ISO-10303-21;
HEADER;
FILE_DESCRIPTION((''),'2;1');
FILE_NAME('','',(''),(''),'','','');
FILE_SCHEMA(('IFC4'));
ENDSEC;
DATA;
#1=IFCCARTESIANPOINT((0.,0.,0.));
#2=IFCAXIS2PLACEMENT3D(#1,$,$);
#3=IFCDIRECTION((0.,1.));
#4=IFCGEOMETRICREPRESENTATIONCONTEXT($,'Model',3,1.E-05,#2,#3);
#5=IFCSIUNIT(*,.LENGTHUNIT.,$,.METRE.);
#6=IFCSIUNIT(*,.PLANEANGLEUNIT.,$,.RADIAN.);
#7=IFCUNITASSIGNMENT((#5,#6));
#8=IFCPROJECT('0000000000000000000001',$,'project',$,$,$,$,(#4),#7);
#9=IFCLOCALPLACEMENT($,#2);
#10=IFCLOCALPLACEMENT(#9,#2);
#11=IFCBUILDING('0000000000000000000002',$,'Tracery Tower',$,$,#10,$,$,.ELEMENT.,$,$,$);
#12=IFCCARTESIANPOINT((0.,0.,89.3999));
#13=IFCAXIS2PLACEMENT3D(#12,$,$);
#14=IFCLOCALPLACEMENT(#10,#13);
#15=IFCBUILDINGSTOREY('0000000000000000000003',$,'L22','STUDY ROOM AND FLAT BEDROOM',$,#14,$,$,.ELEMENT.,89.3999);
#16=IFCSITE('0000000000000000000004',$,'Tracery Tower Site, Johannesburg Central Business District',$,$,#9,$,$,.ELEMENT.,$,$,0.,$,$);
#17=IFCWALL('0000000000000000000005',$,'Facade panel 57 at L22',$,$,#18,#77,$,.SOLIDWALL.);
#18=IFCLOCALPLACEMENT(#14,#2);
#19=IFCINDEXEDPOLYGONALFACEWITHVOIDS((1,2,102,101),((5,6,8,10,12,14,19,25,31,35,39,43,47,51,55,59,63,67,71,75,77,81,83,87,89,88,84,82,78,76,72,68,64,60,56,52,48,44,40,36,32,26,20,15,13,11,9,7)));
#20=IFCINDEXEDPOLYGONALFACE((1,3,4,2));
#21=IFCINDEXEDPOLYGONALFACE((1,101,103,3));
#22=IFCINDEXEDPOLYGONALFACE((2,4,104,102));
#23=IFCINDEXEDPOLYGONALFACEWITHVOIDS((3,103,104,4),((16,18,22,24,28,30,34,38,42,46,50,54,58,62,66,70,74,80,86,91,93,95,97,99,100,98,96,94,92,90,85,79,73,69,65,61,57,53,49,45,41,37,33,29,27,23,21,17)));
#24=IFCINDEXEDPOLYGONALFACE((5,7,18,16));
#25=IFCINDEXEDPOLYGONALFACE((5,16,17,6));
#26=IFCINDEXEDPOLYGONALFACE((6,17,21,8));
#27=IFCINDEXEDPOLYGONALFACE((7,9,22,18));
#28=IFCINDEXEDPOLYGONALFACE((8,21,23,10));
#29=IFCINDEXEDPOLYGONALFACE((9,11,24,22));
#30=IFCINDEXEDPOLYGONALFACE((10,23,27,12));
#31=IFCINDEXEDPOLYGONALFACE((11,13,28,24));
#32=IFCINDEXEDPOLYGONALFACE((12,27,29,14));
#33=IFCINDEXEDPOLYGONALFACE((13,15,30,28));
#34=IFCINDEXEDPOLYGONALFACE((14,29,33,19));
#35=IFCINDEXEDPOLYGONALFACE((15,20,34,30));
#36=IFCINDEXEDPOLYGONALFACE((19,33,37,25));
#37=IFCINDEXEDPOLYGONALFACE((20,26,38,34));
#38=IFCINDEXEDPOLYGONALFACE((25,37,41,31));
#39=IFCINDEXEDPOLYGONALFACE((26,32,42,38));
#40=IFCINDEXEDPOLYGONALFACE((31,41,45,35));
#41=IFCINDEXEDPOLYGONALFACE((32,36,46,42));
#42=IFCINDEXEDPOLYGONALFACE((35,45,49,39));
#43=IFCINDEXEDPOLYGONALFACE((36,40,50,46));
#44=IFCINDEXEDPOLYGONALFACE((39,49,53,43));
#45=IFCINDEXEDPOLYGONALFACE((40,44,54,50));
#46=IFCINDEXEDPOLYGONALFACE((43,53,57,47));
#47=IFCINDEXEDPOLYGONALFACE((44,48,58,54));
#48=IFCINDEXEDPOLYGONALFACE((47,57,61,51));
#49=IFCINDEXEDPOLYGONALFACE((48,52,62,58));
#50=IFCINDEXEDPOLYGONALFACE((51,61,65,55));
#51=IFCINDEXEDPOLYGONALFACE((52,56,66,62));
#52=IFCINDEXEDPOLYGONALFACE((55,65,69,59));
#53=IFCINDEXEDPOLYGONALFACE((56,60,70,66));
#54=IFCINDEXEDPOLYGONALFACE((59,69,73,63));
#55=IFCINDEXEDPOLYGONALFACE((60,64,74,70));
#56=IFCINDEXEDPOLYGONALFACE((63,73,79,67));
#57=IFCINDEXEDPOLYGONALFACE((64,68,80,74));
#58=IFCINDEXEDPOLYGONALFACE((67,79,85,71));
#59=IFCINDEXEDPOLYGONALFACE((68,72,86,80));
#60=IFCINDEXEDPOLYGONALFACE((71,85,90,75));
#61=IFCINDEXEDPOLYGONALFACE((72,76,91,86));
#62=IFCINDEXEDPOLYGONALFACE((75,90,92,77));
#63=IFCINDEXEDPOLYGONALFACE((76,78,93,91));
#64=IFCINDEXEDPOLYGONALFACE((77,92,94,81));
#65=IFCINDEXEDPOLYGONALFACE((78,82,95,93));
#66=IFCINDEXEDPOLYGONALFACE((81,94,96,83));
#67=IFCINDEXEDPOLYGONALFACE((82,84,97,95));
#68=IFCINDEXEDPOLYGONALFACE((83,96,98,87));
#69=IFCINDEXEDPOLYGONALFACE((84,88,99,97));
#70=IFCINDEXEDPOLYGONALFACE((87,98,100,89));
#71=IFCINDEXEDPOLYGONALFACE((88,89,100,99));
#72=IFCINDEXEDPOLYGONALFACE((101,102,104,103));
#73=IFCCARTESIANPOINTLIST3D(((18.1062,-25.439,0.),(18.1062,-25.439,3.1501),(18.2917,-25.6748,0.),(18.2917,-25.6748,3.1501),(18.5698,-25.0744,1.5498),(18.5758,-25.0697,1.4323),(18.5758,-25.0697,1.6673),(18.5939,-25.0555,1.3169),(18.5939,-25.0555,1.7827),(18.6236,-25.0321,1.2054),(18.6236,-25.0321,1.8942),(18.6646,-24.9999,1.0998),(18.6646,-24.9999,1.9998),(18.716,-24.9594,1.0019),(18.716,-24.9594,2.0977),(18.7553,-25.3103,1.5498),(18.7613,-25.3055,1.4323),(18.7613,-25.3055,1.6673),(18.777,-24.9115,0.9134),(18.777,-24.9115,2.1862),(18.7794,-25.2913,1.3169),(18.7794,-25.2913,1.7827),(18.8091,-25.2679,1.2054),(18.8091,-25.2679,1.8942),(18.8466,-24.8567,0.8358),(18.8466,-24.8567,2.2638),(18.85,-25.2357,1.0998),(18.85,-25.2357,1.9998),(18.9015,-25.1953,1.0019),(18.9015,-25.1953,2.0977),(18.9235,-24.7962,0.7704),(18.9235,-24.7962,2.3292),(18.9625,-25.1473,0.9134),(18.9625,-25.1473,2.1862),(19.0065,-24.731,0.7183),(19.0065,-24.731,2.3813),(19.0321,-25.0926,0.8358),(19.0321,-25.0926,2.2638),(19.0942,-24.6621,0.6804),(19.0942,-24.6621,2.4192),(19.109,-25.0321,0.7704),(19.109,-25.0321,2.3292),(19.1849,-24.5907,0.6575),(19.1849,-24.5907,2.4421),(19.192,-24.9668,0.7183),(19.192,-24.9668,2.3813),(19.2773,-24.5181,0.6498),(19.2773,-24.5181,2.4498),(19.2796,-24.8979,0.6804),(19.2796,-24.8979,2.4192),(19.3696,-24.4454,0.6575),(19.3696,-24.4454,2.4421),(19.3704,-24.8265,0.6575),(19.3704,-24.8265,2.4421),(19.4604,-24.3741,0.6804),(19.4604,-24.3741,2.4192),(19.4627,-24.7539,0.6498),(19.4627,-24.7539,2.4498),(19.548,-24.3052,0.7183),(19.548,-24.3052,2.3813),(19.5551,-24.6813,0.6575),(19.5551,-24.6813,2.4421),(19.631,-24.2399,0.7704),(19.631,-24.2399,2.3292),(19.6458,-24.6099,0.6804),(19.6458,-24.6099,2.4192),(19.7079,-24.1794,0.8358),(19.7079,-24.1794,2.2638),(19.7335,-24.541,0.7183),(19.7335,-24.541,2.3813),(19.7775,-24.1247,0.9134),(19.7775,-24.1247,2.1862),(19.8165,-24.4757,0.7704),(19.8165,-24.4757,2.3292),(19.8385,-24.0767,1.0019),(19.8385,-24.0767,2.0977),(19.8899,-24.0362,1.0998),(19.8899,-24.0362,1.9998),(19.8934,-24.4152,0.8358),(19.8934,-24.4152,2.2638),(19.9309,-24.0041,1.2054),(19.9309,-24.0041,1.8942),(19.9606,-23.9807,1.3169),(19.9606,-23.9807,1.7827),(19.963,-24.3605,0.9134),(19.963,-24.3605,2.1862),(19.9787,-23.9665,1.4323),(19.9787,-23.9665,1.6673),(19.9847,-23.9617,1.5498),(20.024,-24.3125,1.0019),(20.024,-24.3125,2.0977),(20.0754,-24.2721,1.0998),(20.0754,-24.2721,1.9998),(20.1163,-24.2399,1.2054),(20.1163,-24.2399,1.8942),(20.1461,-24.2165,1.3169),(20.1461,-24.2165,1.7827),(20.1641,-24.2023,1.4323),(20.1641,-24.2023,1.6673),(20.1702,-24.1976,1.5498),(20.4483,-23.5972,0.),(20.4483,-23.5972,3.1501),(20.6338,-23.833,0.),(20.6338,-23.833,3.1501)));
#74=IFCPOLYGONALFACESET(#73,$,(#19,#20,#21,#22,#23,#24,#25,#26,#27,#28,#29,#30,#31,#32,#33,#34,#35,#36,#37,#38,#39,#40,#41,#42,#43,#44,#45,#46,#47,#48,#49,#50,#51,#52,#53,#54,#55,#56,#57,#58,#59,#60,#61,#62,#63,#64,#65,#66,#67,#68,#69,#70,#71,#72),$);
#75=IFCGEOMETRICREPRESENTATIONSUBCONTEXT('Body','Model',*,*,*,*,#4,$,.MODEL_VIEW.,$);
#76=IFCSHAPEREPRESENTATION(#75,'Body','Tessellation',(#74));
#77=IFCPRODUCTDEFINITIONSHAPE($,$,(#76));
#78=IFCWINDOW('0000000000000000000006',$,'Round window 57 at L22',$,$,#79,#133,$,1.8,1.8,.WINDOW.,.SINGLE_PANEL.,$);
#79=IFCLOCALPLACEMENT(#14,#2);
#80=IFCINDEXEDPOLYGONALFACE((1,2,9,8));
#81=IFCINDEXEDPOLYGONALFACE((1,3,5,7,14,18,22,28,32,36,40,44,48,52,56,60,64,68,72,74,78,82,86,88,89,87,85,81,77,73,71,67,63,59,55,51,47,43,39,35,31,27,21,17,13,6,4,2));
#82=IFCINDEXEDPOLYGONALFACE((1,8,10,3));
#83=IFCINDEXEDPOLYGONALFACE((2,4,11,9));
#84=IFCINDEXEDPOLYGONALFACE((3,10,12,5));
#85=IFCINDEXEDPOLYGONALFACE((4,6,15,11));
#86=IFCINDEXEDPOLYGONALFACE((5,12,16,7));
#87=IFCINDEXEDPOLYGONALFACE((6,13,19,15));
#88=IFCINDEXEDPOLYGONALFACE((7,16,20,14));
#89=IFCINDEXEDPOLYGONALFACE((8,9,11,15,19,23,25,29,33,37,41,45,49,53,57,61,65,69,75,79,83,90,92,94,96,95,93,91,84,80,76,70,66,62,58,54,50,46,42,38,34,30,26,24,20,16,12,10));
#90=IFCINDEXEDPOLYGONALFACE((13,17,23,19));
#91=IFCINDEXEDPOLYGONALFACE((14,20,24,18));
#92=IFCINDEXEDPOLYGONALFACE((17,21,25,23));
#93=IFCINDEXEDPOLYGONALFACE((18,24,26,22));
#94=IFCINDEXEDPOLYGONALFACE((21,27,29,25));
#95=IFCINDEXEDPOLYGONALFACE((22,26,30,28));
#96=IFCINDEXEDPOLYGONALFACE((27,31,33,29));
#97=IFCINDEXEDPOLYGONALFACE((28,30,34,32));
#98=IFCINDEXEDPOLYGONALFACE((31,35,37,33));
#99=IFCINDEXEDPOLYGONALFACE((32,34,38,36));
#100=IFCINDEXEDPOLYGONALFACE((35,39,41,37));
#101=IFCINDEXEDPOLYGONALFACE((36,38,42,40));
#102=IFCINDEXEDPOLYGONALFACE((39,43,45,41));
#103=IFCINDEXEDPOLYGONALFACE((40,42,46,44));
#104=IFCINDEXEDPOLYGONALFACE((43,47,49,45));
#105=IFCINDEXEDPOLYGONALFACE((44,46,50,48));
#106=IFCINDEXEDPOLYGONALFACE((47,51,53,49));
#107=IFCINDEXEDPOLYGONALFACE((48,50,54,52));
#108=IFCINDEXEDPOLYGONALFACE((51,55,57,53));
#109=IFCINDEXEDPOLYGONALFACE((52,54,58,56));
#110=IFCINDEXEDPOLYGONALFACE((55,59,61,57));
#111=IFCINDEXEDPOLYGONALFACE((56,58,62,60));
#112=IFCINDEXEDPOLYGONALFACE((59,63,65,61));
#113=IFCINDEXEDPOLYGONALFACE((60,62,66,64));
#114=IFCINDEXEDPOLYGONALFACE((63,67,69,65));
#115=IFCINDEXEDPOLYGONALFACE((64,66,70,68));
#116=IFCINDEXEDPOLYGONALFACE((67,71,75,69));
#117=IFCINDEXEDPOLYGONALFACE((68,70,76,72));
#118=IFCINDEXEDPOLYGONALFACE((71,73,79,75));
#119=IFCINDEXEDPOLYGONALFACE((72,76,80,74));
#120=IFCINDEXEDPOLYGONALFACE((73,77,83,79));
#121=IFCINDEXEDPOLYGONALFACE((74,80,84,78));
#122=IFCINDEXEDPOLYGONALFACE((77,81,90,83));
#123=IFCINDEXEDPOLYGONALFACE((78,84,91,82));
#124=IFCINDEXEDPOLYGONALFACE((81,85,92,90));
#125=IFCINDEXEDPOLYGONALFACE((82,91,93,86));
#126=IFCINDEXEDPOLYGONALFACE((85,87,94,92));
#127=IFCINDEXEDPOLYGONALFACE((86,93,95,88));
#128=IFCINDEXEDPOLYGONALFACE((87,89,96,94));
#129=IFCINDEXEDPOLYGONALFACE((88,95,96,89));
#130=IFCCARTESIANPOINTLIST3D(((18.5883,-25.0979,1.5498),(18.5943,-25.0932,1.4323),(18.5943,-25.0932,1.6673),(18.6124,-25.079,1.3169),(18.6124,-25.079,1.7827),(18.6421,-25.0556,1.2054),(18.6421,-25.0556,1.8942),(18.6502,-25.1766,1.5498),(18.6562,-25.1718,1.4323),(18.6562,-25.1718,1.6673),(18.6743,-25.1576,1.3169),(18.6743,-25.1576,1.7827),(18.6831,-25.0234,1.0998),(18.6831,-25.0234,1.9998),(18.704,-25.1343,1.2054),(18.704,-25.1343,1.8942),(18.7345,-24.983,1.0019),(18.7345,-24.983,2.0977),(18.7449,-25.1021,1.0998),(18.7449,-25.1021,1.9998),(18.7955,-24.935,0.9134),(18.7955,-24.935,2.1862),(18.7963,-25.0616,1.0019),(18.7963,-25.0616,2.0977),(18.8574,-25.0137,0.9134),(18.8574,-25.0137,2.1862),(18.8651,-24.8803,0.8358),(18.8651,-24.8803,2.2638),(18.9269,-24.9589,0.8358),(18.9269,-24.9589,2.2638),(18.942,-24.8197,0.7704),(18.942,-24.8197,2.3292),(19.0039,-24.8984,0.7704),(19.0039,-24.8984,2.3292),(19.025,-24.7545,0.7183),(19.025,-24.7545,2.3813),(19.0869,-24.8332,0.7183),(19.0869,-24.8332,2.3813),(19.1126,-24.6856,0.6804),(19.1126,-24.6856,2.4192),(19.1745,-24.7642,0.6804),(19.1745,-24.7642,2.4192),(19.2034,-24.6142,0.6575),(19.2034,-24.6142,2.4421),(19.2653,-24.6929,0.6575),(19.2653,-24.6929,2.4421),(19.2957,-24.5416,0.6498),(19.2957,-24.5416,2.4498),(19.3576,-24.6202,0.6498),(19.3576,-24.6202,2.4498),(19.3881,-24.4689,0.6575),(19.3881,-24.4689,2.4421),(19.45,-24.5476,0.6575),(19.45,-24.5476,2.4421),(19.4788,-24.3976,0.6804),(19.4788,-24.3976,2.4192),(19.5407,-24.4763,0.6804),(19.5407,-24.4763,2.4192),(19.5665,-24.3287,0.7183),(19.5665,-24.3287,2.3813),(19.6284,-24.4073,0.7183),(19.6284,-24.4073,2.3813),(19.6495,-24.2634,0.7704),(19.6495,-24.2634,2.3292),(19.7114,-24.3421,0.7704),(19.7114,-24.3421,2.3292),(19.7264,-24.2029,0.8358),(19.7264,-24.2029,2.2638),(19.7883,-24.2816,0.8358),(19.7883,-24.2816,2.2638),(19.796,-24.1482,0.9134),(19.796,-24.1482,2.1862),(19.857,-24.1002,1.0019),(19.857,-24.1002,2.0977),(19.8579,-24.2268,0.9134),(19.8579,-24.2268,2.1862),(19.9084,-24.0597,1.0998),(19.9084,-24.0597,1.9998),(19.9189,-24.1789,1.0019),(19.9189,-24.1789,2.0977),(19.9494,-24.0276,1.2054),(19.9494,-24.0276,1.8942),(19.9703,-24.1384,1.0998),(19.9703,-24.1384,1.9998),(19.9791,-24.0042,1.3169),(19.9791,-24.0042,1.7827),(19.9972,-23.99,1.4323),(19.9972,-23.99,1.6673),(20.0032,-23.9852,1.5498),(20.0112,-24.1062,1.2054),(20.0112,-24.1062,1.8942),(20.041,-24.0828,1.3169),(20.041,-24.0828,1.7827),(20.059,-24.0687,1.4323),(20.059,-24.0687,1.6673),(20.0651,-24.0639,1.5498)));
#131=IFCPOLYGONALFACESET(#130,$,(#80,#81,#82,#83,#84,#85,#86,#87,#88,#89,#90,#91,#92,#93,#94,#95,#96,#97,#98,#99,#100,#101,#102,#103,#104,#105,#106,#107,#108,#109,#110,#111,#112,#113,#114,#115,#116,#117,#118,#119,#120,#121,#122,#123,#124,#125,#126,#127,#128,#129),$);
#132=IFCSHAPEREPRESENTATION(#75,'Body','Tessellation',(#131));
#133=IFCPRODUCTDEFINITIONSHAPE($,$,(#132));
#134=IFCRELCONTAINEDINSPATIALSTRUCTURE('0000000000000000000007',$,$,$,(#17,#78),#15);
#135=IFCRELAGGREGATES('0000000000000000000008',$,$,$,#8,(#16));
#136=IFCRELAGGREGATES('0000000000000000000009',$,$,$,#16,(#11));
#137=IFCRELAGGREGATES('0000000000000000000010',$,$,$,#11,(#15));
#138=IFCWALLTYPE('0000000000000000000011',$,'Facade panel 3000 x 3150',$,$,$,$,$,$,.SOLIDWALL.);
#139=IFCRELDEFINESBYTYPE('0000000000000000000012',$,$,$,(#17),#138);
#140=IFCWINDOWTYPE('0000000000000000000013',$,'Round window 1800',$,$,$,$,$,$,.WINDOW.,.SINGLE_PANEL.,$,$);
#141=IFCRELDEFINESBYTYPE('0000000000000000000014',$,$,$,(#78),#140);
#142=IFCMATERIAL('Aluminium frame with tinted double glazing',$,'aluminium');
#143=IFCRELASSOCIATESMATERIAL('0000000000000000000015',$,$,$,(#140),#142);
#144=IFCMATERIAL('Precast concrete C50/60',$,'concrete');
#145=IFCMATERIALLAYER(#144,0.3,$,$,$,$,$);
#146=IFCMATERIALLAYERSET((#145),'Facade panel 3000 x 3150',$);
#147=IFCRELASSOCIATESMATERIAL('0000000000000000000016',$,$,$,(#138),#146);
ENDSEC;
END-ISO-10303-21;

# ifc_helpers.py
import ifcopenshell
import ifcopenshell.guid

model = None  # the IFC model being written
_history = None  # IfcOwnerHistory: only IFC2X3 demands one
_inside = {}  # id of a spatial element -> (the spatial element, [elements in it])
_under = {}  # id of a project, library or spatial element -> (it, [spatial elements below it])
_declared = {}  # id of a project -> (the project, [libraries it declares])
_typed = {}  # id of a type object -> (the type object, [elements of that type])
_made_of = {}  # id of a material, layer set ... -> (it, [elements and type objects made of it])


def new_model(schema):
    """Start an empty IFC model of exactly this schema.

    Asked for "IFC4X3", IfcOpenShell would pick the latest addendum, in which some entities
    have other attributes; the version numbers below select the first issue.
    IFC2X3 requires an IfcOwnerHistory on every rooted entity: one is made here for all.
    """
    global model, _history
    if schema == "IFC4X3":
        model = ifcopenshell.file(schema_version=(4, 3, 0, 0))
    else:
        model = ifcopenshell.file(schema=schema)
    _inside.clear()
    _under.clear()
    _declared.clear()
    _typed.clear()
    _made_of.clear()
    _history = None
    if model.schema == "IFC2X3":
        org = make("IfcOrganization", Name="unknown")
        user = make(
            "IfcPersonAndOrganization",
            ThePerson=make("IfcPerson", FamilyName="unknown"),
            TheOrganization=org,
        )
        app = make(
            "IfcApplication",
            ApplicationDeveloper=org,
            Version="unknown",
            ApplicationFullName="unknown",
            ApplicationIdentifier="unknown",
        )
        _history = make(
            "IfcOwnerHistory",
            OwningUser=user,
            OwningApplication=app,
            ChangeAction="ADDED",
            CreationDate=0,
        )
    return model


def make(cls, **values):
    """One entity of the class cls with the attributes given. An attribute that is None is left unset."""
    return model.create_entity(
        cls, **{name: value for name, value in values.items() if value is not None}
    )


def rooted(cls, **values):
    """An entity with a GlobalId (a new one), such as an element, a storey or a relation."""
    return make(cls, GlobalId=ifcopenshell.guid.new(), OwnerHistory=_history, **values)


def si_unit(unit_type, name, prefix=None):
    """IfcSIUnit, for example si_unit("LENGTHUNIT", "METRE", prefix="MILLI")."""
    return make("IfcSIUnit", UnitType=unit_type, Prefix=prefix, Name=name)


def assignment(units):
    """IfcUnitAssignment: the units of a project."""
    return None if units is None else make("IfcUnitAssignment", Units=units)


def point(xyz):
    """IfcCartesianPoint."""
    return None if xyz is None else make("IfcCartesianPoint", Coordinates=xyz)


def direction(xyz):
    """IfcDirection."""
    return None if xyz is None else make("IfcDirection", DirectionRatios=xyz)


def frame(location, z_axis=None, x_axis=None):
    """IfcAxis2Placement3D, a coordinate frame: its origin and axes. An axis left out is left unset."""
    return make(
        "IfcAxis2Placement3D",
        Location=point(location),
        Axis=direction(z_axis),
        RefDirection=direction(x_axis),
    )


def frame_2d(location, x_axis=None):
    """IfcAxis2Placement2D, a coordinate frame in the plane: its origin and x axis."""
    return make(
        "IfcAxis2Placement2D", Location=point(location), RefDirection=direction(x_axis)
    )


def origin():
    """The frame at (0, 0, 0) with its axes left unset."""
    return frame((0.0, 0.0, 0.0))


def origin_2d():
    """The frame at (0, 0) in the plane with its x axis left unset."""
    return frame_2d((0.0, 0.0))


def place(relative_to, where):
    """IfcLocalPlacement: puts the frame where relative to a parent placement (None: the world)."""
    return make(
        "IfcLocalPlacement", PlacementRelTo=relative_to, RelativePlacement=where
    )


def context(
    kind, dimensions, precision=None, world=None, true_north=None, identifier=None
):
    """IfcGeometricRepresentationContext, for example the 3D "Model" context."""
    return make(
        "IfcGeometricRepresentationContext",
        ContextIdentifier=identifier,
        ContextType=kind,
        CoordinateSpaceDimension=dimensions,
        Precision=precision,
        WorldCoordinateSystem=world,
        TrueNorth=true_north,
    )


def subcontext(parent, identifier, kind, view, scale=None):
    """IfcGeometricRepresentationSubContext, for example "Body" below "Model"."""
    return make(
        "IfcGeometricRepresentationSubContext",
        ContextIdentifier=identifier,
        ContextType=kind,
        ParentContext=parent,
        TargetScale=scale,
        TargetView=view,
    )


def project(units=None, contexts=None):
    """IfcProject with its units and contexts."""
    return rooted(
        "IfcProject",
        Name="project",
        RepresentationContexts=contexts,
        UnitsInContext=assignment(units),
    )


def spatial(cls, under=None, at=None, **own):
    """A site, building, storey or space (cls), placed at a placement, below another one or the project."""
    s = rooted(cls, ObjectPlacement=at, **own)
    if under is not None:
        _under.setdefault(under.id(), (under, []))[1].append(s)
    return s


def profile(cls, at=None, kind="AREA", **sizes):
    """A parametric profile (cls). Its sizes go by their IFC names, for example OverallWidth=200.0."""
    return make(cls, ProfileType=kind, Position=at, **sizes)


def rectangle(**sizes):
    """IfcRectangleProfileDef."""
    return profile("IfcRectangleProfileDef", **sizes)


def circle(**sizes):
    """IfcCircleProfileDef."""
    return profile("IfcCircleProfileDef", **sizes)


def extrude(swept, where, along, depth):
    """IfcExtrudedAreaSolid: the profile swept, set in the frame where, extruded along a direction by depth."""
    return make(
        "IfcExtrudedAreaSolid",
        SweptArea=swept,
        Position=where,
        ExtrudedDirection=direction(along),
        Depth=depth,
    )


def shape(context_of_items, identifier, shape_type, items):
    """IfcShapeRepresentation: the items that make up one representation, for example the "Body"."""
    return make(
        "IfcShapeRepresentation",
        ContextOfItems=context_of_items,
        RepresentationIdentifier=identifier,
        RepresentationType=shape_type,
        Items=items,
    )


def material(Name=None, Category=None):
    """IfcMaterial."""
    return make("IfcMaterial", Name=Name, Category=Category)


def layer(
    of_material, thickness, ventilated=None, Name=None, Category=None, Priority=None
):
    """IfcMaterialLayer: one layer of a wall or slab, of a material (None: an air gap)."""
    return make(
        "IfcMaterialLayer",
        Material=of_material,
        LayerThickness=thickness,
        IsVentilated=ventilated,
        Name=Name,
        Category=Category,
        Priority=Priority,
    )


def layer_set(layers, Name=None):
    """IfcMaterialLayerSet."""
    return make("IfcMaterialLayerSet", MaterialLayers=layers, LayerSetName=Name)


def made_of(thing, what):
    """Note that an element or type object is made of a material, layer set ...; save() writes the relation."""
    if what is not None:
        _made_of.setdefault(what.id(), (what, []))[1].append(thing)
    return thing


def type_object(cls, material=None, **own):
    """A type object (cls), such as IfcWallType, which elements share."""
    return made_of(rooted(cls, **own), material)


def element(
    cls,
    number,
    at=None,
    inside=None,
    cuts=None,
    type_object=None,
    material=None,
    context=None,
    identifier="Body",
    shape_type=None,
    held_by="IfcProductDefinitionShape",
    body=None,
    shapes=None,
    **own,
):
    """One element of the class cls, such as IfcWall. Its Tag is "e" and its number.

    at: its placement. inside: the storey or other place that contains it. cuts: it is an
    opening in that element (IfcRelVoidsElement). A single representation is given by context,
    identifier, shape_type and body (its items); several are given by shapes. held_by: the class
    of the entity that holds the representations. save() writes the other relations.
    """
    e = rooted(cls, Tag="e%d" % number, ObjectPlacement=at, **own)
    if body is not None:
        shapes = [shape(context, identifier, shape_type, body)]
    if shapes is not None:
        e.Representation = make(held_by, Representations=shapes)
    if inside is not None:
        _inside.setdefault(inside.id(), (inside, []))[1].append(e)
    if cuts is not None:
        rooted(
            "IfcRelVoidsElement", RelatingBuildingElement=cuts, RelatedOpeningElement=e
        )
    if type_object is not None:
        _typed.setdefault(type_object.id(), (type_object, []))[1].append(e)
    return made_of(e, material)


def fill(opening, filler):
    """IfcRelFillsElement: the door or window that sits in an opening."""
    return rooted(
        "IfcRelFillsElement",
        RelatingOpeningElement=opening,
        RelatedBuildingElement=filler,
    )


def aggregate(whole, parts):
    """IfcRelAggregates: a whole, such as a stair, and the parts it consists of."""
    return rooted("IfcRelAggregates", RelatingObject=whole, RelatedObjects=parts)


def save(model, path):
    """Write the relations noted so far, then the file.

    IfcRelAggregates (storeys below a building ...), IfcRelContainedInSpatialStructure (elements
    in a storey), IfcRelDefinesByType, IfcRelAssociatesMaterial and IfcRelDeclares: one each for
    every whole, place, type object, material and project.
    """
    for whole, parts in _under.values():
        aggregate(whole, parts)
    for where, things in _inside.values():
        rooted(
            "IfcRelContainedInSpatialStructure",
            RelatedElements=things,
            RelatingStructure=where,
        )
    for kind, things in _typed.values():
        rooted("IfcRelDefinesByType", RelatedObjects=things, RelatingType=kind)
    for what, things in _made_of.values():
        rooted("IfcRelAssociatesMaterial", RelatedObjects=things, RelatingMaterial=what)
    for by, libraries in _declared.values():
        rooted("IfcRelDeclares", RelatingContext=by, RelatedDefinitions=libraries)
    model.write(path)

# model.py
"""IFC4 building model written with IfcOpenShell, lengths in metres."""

from ifc_helpers import new_model, si_unit, direction, frame, frame_2d, origin, origin_2d, place, context, subcontext, project, spatial, rectangle, circle, extrude, material, layer, layer_set, type_object, element, fill, save


model = new_model("IFC4")

# Units and contexts
model_context = context("Model", 3, precision=1e-05, world=origin(), true_north=direction((0.0, 1.0)))
body_context = subcontext(model_context, "Body", "Model", "MODEL_VIEW")
ifc_project = project(units=[si_unit("LENGTHUNIT", "METRE"), si_unit("PLANEANGLEUNIT", "RADIAN")], contexts=[model_context])

# Site, building, storey
site_placement = place(None, origin())
site = spatial("IfcSite", under=ifc_project, at=site_placement, Name="Tracery Tower Site, Johannesburg Central Business District", CompositionType="ELEMENT", RefElevation=0.0)
building_placement = place(site_placement, origin())
building = spatial("IfcBuilding", under=site, at=building_placement, Name="Tracery Tower", CompositionType="ELEMENT")
storey_placement = place(building_placement, frame((0.0, 0.0, 89.3999)))
storey = spatial("IfcBuildingStorey", under=building, at=storey_placement, Name="L22", Description="STUDY ROOM AND FLAT BEDROOM", CompositionType="ELEMENT", Elevation=89.3999)

# Wall, opening, window
ifc_material_1 = material(Name="Aluminium frame with tinted double glazing", Category="aluminium")
window_type = type_object("IfcWindowType", Name="Round window 1800", PartitioningType="SINGLE_PANEL", PredefinedType="WINDOW", material=ifc_material_1)
ifc_material_2 = material(Name="Precast concrete C50/60", Category="concrete")
ifc_layer_1 = layer(ifc_material_2, 0.3)
ifc_layer_set_1 = layer_set([ifc_layer_1], Name="Facade panel 3000 x 3150")
wall_type_1 = type_object("IfcWallType", Name="Facade panel 3000 x 3150", PredefinedType="SOLIDWALL", material=ifc_layer_set_1)
wall_1_placement = place(storey_placement, frame((18.199, -25.5569, 0.0), z_axis=(0.0, 0.0, 1.0), x_axis=(0.786054, 0.618158, 0.0)))
wall_1 = element("IfcWall", 1, at=wall_1_placement, inside=storey, type_object=wall_type_1, Name="Facade panel 57 at L22", PredefinedType="SOLIDWALL", context=body_context, shape_type="SweptSolid", body=[
    extrude(rectangle(XDim=2.9795, YDim=0.3, at=frame_2d((1.4897, 0.0))), origin(), (0.0, 0.0, 1.0), 3.1501),
])
opening_1_placement = place(wall_1_placement, frame((1.4897, 0.0, 1.5498)))
opening_1 = element("IfcOpeningElement", 2, at=opening_1_placement, cuts=wall_1, PredefinedType="OPENING", context=body_context, shape_type="SweptSolid", body=[
    extrude(circle(Radius=0.9, at=origin_2d()), frame((0.0, 0.1599, 0.0), z_axis=(0.0, -1.0, 0.0), x_axis=(1.0, 0.0, 0.0)), (0.0, 0.0, 1.0), 0.3201),
])
window_1_placement = place(opening_1_placement, origin())
window_1 = element("IfcWindow", 3, at=window_1_placement, inside=storey, type_object=window_type, Name="Round window 57 at L22", OverallHeight=1.8, OverallWidth=1.8, PartitioningType="SINGLE_PANEL", PredefinedType="WINDOW", context=body_context, shape_type="SweptSolid", body=[
    extrude(circle(Radius=0.9, at=origin_2d()), frame((0.0, 0.1201, 0.0), z_axis=(0.0, -1.0, 0.0), x_axis=(1.0, 0.0, 0.0)), (0.0, 0.0, 1.0), 0.1001),
])
fill(opening_1, window_1)

save(model, "model.ifc")
